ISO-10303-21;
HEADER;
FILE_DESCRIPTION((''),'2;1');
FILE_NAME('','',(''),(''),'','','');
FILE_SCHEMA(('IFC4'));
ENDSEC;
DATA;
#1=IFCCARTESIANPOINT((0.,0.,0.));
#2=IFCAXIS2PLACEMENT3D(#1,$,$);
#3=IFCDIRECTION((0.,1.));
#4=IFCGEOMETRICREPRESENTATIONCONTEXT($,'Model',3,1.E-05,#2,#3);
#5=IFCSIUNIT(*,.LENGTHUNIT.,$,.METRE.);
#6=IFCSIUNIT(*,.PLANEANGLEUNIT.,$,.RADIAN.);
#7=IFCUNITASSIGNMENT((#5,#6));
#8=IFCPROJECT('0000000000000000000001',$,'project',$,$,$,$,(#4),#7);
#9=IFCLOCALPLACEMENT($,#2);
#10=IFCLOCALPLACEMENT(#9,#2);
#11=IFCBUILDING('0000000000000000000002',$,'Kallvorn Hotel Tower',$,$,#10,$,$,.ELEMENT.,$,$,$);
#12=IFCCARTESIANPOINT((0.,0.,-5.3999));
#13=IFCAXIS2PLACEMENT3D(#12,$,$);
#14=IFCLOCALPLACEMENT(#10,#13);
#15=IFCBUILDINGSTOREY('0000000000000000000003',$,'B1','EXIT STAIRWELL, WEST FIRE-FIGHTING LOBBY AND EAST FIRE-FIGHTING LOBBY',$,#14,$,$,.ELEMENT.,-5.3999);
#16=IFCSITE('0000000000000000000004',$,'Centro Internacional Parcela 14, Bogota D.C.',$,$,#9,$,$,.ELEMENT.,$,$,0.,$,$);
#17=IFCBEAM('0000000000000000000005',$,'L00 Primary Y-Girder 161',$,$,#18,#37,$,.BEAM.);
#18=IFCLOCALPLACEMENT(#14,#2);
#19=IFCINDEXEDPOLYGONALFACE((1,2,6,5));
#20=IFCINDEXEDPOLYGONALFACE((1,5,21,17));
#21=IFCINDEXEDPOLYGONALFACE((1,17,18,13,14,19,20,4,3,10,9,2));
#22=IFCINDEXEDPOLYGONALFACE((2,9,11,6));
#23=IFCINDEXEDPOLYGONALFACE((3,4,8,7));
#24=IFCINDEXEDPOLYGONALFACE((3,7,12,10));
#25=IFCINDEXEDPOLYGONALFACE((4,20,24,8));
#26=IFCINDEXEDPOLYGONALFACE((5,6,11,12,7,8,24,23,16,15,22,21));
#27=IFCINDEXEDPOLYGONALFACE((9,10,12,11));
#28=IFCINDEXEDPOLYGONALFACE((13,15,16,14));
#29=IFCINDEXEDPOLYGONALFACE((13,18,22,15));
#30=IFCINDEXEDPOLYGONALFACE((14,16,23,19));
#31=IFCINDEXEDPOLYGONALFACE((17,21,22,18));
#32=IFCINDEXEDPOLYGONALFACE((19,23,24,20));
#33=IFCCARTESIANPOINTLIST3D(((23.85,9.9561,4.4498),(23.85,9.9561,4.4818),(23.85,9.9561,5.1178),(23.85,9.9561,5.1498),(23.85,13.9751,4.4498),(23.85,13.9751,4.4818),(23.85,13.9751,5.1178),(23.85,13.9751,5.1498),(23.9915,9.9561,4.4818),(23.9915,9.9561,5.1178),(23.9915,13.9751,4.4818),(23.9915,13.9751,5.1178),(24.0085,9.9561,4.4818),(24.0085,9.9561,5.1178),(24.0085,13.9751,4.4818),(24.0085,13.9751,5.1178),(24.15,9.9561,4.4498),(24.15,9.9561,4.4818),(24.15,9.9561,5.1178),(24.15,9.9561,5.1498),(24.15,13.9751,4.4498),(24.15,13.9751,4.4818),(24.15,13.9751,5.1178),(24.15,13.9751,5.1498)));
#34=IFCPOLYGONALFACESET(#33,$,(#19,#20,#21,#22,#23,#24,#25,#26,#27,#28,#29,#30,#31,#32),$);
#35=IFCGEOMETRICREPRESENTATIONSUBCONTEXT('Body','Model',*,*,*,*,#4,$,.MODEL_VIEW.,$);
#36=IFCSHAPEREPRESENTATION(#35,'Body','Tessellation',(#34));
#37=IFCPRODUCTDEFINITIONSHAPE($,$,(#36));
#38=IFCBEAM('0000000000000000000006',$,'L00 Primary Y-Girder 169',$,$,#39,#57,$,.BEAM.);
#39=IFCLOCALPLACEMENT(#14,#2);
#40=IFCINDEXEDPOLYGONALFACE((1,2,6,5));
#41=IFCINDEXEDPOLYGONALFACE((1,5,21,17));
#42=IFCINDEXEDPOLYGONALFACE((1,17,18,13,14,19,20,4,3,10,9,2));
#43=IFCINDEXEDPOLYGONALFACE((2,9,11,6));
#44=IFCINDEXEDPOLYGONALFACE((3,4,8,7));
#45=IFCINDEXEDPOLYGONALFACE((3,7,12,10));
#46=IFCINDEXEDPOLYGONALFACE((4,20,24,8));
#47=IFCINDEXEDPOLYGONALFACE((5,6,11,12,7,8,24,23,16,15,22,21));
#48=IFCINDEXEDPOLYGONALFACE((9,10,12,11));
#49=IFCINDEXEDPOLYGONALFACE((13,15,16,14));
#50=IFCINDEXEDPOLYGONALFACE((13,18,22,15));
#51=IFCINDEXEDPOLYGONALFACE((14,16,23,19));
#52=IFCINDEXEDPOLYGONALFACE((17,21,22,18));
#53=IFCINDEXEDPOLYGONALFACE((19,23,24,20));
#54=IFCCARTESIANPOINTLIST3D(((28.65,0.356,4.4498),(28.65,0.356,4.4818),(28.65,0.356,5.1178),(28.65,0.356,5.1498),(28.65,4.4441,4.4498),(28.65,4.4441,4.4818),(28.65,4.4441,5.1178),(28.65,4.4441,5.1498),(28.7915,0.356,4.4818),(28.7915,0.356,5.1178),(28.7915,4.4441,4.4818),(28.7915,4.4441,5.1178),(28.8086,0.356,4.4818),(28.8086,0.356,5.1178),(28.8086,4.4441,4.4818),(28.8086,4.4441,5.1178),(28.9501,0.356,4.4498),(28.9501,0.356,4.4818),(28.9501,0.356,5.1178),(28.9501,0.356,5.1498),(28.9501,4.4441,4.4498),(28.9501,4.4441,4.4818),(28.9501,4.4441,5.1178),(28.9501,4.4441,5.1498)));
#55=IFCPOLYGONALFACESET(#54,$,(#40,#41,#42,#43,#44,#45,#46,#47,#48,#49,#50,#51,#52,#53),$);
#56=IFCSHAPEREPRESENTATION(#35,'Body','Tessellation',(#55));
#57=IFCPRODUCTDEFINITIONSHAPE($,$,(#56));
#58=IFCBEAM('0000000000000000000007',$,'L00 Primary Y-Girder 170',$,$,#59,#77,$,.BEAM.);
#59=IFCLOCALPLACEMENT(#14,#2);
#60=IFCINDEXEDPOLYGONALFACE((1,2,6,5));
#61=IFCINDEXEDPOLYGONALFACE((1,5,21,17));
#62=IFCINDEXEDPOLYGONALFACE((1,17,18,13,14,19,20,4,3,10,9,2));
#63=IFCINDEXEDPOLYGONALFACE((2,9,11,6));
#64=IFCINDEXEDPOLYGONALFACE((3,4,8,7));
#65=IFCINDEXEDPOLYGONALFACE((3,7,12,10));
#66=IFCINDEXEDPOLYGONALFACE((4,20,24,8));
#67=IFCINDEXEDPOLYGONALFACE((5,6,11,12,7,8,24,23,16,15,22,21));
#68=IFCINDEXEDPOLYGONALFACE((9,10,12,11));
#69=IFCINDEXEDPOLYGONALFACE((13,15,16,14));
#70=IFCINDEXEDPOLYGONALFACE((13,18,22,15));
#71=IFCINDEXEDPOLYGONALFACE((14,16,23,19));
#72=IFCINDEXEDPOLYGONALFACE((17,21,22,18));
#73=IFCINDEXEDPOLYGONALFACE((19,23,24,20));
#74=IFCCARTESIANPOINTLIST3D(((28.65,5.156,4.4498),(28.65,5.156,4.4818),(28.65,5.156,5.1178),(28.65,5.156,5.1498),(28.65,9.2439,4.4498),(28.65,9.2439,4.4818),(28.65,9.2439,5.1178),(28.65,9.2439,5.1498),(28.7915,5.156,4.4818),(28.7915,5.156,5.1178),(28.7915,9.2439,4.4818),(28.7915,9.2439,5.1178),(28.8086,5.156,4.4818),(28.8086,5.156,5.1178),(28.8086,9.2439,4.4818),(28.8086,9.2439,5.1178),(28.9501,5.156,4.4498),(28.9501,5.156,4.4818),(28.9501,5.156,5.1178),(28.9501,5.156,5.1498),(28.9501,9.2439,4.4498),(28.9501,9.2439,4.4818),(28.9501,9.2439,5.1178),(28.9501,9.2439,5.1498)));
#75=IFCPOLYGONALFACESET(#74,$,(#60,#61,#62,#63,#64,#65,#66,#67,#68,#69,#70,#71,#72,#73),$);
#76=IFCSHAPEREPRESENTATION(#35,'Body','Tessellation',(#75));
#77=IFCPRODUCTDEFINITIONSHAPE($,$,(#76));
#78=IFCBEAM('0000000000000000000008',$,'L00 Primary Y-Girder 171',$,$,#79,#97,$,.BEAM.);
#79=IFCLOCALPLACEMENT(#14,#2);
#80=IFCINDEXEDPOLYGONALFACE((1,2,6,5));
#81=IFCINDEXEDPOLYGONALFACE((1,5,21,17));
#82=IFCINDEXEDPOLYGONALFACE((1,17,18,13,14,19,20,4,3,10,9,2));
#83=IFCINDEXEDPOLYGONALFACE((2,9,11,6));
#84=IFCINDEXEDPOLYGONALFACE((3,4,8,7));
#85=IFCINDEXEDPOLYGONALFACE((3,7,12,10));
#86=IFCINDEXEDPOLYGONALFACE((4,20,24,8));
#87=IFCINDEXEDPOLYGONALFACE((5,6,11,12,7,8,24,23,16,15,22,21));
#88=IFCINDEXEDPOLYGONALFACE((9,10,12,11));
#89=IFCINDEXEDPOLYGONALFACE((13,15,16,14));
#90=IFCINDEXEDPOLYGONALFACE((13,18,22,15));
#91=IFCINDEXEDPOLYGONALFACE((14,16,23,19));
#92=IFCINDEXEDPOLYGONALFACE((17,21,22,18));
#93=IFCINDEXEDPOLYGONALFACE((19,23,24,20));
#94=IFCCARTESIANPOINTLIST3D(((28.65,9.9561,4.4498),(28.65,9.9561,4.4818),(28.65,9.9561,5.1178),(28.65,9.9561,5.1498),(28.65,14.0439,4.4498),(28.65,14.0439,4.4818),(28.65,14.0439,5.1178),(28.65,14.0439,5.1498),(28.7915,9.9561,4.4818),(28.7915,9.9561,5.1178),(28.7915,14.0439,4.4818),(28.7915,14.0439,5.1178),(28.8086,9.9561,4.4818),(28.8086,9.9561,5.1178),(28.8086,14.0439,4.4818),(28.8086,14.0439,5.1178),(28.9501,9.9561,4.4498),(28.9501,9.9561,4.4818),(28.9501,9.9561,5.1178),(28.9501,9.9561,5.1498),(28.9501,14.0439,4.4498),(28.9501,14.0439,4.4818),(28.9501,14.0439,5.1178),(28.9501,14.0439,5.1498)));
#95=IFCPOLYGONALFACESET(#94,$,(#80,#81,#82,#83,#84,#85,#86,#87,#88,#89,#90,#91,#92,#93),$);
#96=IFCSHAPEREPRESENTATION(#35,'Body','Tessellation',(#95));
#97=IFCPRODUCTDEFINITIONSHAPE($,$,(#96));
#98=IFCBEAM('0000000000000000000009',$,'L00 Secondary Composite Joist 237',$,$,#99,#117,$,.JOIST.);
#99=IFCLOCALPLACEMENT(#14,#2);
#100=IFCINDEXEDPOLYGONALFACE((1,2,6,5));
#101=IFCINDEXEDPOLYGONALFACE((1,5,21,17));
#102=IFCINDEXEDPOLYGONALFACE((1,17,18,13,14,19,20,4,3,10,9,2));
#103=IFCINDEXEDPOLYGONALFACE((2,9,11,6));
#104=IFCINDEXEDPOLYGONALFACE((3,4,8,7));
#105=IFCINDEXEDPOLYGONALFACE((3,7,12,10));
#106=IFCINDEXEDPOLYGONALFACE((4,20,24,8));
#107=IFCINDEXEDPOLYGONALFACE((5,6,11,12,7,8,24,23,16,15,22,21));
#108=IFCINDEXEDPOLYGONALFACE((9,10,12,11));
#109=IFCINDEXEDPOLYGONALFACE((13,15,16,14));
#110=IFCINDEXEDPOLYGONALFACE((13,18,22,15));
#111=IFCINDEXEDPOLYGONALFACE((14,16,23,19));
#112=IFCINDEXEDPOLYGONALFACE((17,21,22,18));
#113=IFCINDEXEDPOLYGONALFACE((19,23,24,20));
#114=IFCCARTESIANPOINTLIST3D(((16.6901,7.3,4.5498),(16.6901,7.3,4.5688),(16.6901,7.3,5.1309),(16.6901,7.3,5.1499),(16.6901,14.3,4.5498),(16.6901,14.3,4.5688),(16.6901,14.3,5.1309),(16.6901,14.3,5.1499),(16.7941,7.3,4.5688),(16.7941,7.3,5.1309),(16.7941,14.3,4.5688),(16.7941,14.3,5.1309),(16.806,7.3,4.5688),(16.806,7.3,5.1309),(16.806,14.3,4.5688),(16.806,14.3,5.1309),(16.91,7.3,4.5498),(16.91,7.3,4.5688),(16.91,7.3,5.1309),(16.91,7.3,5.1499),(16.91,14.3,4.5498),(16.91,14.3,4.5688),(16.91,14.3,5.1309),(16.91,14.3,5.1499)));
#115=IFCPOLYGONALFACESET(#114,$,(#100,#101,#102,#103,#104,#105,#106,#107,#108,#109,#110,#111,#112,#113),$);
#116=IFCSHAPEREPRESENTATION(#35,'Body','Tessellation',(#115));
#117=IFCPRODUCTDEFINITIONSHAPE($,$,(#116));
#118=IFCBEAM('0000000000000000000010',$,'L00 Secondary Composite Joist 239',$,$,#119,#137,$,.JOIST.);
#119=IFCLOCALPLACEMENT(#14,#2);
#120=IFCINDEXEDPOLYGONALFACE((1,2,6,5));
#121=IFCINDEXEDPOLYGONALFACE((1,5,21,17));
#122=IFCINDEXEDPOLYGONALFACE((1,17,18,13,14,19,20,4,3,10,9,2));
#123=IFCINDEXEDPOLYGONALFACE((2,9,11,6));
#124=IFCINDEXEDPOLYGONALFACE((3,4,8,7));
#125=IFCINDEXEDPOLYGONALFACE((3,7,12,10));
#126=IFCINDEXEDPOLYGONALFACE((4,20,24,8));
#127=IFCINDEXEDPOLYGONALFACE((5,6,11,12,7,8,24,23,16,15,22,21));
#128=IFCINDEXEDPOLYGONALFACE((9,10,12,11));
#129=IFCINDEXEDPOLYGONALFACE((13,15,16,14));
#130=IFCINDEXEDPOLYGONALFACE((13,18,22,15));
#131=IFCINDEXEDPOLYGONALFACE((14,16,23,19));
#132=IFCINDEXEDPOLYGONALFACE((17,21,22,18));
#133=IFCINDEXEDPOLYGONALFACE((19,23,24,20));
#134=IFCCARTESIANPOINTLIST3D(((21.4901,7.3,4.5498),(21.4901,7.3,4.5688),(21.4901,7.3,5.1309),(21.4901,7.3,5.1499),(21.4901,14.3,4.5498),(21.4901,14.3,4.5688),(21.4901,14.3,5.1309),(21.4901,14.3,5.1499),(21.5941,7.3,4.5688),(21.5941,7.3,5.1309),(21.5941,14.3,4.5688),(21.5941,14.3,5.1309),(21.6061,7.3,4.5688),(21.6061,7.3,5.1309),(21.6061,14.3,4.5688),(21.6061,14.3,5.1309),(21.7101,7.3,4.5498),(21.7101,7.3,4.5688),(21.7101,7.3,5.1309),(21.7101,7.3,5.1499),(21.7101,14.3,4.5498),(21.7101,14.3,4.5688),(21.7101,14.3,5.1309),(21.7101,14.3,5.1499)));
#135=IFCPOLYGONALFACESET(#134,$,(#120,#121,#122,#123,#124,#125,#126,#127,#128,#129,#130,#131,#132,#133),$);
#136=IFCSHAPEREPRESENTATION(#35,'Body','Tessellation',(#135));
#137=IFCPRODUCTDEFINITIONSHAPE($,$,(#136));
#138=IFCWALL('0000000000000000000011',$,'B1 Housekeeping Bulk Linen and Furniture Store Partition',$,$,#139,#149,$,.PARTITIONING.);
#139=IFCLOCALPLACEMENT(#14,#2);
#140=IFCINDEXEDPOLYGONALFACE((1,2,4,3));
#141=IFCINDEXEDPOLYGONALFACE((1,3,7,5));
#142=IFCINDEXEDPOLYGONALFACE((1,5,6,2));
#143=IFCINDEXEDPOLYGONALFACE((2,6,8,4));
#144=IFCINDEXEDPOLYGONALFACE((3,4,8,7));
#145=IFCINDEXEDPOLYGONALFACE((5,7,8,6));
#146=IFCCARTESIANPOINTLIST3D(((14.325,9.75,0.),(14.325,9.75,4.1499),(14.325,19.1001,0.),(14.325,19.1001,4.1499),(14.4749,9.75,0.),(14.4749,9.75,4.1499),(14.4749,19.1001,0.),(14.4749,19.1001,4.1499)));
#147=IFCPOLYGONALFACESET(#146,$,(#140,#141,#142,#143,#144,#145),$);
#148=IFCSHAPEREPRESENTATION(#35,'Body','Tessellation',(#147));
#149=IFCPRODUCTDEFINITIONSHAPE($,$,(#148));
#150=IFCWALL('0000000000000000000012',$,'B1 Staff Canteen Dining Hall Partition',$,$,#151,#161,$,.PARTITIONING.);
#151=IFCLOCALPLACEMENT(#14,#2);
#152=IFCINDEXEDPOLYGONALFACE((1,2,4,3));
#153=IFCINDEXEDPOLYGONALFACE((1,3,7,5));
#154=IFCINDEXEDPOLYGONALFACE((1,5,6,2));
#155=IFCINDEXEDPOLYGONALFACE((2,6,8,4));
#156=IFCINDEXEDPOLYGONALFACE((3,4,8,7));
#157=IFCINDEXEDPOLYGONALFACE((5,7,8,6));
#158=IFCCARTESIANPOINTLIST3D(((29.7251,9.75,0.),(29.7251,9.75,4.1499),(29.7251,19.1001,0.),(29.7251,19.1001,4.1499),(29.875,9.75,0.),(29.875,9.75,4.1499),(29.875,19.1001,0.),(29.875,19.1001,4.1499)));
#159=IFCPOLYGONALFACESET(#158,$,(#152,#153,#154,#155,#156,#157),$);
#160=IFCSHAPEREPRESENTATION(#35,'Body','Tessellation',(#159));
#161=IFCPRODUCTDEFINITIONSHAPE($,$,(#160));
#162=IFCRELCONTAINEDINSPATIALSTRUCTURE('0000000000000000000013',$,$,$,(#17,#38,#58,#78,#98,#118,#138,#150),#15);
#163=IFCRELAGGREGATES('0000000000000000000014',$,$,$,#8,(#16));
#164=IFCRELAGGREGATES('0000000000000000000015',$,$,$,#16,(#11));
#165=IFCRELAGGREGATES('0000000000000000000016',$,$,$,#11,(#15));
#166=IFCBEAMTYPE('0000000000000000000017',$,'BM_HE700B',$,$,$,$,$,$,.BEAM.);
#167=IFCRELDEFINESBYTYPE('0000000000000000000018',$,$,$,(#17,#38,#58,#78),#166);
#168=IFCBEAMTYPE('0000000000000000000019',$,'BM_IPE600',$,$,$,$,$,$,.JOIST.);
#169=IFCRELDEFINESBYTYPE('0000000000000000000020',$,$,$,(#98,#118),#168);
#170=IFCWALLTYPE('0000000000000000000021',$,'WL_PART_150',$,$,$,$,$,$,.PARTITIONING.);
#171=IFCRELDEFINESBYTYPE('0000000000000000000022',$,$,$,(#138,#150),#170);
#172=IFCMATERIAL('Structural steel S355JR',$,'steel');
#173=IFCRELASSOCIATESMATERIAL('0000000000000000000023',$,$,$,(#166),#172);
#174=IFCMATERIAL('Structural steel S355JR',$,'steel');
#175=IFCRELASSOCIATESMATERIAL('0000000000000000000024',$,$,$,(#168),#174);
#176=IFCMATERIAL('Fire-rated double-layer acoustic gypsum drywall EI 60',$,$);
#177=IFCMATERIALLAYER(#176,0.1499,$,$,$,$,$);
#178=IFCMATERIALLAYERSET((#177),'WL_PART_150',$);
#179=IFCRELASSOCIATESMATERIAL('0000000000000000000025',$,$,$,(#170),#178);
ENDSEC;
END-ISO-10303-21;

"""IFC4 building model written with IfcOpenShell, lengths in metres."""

from ifc_helpers import new_model, si_unit, direction, frame, frame_2d, origin, origin_2d, place, context, subcontext, project, spatial, rectangle, i_section, extrude, material, layer, layer_set, material_profile, profile_set, type_object, element, save


model = new_model("IFC4")

# Units and contexts
model_context = context("Model", 3, precision=1e-05, world=origin(), true_north=direction((0.0, 1.0)))
body_context = subcontext(model_context, "Body", "Model", "MODEL_VIEW")
ifc_project = project(units=[si_unit("LENGTHUNIT", "METRE"), si_unit("PLANEANGLEUNIT", "RADIAN")], contexts=[model_context])

# Site, building, storey
site_placement = place(None, origin())
site = spatial("IfcSite", under=ifc_project, at=site_placement, Name="Centro Internacional Parcela 14, Bogota D.C.", CompositionType="ELEMENT", RefElevation=0.0)
building_placement = place(site_placement, origin())
building = spatial("IfcBuilding", under=site, at=building_placement, Name="Kallvorn Hotel Tower", CompositionType="ELEMENT")
storey_placement = place(building_placement, frame((0.0, 0.0, -5.3999)))
storey = spatial("IfcBuildingStorey", under=building, at=storey_placement, Name="B1", Description="EXIT STAIRWELL, WEST FIRE-FIGHTING LOBBY AND EAST FIRE-FIGHTING LOBBY", CompositionType="ELEMENT", Elevation=-5.3999)

# Beams
ifc_material_1 = material(Name="Structural steel S355JR", Category="steel")
ifc_material_profile_1 = material_profile(ifc_material_1, i_section(OverallWidth=0.3, OverallDepth=0.7, WebThickness=0.0171, FlangeThickness=0.032, at=origin_2d()), Name="HE 700 B")
ifc_profile_set_1 = profile_set([ifc_material_profile_1], Name="Structural steel S355JR")
beam_type_1 = type_object("IfcBeamType", Name="BM_HE700B", PredefinedType="BEAM", material=ifc_profile_set_1)
beam_1_placement = place(storey_placement, frame((24.0, 9.9561, 4.7998), z_axis=(0.0, 1.0, 0.0), x_axis=(-1.0, 0.0, 0.0)))
element("IfcBeam", 1, at=beam_1_placement, inside=storey, type_object=beam_type_1, Name="L00 Primary Y-Girder 161", PredefinedType="BEAM", context=body_context, shape_type="SweptSolid", body=[
    extrude(i_section(OverallWidth=0.3, OverallDepth=0.7, WebThickness=0.0171, FlangeThickness=0.032, at=origin_2d()), origin(), (0.0, 0.0, 1.0), 4.019),
])
beam_2_placement = place(storey_placement, frame((28.8, 0.356, 4.7998), z_axis=(0.0, 1.0, 0.0), x_axis=(-1.0, 0.0, 0.0)))
element("IfcBeam", 2, at=beam_2_placement, inside=storey, type_object=beam_type_1, Name="L00 Primary Y-Girder 169", PredefinedType="BEAM", context=body_context, shape_type="SweptSolid", body=[
    extrude(i_section(OverallWidth=0.3, OverallDepth=0.7, WebThickness=0.0171, FlangeThickness=0.032, at=origin_2d()), origin(), (0.0, 0.0, 1.0), 4.0881),
])
for number, where, z_axis, x_axis, name in (
    (3, (28.8, 5.156, 4.7998), (0.0, 1.0, 0.0), (-1.0, 0.0, 0.0), "L00 Primary Y-Girder 170"),
    (4, (28.8, 9.9561, 4.7998), (0.0, 1.0, 0.0), (-1.0, 0.0, 0.0), "L00 Primary Y-Girder 171"),
):
    element("IfcBeam", number, at=place(storey_placement, frame(where, z_axis=z_axis, x_axis=x_axis)), inside=storey, type_object=beam_type_1, Name=name, PredefinedType="BEAM", context=body_context, shape_type="SweptSolid", body=[
        extrude(i_section(OverallWidth=0.3, OverallDepth=0.7, WebThickness=0.0171, FlangeThickness=0.032, at=origin_2d()), origin(), (0.0, 0.0, 1.0), 4.0879),
    ])
ifc_material_2 = material(Name="Structural steel S355JR", Category="steel")
ifc_material_profile_2 = material_profile(ifc_material_2, i_section(OverallWidth=0.22, OverallDepth=0.6001, WebThickness=0.012, FlangeThickness=0.019, at=origin_2d()), Name="IPE 600")
ifc_profile_set_2 = profile_set([ifc_material_profile_2], Name="Structural steel S355JR")
beam_type_2 = type_object("IfcBeamType", Name="BM_IPE600", PredefinedType="JOIST", material=ifc_profile_set_2)
for number, where, z_axis, x_axis, name in (
    (5, (16.8, 7.3, 4.8499), (0.0, 1.0, 0.0), (-1.0, 0.0, 0.0), "L00 Secondary Composite Joist 237"),
    (6, (21.6001, 7.3, 4.8499), (0.0, 1.0, 0.0), (-1.0, 0.0, 0.0), "L00 Secondary Composite Joist 239"),
):
    element("IfcBeam", number, at=place(storey_placement, frame(where, z_axis=z_axis, x_axis=x_axis)), inside=storey, type_object=beam_type_2, Name=name, PredefinedType="JOIST", context=body_context, shape_type="SweptSolid", body=[
        extrude(i_section(OverallWidth=0.22, OverallDepth=0.6001, WebThickness=0.012, FlangeThickness=0.019, at=origin_2d()), origin(), (0.0, 0.0, 1.0), 7.0),
    ])

# Walls
ifc_material_3 = material(Name="Fire-rated double-layer acoustic gypsum drywall EI 60")
ifc_layer = layer(ifc_material_3, 0.1499)
ifc_layer_set = layer_set([ifc_layer], Name="WL_PART_150")
wall_type = type_object("IfcWallType", Name="WL_PART_150", PredefinedType="PARTITIONING", material=ifc_layer_set)
for number, where, z_axis, x_axis, name in (
    (7, (14.3999, 9.75, 0.0), (0.0, 0.0, 1.0), (0.0, 1.0, 0.0), "B1 Housekeeping Bulk Linen and Furniture Store Partition"),
    (8, (29.8, 9.75, 0.0), (0.0, 0.0, 1.0), (0.0, 1.0, 0.0), "B1 Staff Canteen Dining Hall Partition"),
):
    element("IfcWall", number, at=place(storey_placement, frame(where, z_axis=z_axis, x_axis=x_axis)), inside=storey, type_object=wall_type, Name=name, PredefinedType="PARTITIONING", context=body_context, shape_type="SweptSolid", body=[
        extrude(rectangle(XDim=9.3501, YDim=0.1499, at=frame_2d((4.675, 0.0))), origin(), (0.0, 0.0, 1.0), 4.1499),
    ])

save(model, "model.ifc")
